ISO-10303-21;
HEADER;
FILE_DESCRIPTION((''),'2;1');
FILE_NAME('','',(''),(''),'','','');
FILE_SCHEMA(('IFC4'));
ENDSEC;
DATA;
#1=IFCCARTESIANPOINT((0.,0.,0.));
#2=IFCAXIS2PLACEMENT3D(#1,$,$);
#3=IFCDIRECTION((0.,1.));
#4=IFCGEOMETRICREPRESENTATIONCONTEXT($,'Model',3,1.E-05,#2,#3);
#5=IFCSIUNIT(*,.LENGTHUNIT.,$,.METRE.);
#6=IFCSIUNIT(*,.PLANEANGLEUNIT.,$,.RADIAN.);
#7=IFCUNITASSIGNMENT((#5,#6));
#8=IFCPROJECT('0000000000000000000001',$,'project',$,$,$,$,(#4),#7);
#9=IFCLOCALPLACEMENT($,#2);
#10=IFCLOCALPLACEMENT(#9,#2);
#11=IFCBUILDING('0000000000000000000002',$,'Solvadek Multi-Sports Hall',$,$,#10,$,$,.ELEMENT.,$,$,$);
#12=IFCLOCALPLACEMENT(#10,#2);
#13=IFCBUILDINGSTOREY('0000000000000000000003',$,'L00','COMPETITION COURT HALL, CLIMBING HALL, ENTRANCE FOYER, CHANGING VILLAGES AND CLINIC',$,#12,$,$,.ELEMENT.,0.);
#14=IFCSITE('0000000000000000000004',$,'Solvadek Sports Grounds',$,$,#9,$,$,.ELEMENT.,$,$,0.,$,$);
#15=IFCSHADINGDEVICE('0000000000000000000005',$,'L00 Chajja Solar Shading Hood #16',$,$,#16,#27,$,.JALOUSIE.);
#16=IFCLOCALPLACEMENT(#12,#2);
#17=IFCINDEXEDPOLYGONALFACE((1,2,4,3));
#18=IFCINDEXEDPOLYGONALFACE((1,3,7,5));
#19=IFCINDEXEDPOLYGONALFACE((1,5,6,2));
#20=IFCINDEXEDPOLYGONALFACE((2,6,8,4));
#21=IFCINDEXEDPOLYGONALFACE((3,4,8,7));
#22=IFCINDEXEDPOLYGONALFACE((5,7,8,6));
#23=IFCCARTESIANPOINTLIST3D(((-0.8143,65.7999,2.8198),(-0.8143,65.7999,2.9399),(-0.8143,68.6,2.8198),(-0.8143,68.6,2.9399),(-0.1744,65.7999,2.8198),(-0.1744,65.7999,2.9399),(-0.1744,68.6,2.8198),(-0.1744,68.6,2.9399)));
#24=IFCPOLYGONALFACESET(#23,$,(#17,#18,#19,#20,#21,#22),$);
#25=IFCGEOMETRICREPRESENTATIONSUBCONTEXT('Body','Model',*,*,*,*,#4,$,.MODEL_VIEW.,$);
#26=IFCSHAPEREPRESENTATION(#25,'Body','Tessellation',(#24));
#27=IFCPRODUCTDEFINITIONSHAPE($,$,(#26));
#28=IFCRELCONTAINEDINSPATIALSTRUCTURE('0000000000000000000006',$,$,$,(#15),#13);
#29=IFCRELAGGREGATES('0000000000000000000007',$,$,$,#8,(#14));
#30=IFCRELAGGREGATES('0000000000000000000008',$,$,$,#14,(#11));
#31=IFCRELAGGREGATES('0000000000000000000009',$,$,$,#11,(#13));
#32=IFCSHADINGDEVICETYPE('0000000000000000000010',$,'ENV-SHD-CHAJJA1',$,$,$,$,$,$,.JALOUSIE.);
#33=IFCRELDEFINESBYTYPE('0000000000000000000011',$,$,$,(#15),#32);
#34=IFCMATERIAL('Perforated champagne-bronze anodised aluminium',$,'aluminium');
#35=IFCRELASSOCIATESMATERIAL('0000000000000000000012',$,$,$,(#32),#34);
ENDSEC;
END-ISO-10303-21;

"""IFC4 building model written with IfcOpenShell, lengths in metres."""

from ifc_helpers import new_model, si_unit, direction, frame, origin, origin_2d, place, context, subcontext, project, spatial, rectangle, extrude, material, type_object, element, save


model = new_model("IFC4")

# Units and contexts
model_context = context("Model", 3, precision=1e-05, world=origin(), true_north=direction((0.0, 1.0)))
body_context = subcontext(model_context, "Body", "Model", "MODEL_VIEW")
ifc_project = project(units=[si_unit("LENGTHUNIT", "METRE"), si_unit("PLANEANGLEUNIT", "RADIAN")], contexts=[model_context])

# Site, building, storey
site_placement = place(None, origin())
site = spatial("IfcSite", under=ifc_project, at=site_placement, Name="Solvadek Sports Grounds", CompositionType="ELEMENT", RefElevation=0.0)
building_placement = place(site_placement, origin())
building = spatial("IfcBuilding", under=site, at=building_placement, Name="Solvadek Multi-Sports Hall", CompositionType="ELEMENT")
storey_placement = place(building_placement, origin())
storey = spatial("IfcBuildingStorey", under=building, at=storey_placement, Name="L00", Description="COMPETITION COURT HALL, CLIMBING HALL, ENTRANCE FOYER, CHANGING VILLAGES AND CLINIC", CompositionType="ELEMENT", Elevation=0.0)

# Shading device
ifc_material_1 = material(Name="Perforated champagne-bronze anodised aluminium", Category="aluminium")
shading_device_type = type_object("IfcShadingDeviceType", Name="ENV-SHD-CHAJJA1", PredefinedType="JALOUSIE", material=ifc_material_1)
shading_device_1_placement = place(storey_placement, frame((-0.4944, 67.2, 2.8198), z_axis=(0.0, 0.0, 1.0), x_axis=(0.0, 1.0, 0.0)))
element("IfcShadingDevice", 1, at=shading_device_1_placement, inside=storey, type_object=shading_device_type, Name="L00 Chajja Solar Shading Hood #16", PredefinedType="JALOUSIE", context=body_context, shape_type="SweptSolid", body=[
    extrude(rectangle(XDim=2.8, YDim=0.6399, at=origin_2d()), origin(), (0.0, 0.0, 1.0), 0.1201),
])

save(model, "model.ifc")
